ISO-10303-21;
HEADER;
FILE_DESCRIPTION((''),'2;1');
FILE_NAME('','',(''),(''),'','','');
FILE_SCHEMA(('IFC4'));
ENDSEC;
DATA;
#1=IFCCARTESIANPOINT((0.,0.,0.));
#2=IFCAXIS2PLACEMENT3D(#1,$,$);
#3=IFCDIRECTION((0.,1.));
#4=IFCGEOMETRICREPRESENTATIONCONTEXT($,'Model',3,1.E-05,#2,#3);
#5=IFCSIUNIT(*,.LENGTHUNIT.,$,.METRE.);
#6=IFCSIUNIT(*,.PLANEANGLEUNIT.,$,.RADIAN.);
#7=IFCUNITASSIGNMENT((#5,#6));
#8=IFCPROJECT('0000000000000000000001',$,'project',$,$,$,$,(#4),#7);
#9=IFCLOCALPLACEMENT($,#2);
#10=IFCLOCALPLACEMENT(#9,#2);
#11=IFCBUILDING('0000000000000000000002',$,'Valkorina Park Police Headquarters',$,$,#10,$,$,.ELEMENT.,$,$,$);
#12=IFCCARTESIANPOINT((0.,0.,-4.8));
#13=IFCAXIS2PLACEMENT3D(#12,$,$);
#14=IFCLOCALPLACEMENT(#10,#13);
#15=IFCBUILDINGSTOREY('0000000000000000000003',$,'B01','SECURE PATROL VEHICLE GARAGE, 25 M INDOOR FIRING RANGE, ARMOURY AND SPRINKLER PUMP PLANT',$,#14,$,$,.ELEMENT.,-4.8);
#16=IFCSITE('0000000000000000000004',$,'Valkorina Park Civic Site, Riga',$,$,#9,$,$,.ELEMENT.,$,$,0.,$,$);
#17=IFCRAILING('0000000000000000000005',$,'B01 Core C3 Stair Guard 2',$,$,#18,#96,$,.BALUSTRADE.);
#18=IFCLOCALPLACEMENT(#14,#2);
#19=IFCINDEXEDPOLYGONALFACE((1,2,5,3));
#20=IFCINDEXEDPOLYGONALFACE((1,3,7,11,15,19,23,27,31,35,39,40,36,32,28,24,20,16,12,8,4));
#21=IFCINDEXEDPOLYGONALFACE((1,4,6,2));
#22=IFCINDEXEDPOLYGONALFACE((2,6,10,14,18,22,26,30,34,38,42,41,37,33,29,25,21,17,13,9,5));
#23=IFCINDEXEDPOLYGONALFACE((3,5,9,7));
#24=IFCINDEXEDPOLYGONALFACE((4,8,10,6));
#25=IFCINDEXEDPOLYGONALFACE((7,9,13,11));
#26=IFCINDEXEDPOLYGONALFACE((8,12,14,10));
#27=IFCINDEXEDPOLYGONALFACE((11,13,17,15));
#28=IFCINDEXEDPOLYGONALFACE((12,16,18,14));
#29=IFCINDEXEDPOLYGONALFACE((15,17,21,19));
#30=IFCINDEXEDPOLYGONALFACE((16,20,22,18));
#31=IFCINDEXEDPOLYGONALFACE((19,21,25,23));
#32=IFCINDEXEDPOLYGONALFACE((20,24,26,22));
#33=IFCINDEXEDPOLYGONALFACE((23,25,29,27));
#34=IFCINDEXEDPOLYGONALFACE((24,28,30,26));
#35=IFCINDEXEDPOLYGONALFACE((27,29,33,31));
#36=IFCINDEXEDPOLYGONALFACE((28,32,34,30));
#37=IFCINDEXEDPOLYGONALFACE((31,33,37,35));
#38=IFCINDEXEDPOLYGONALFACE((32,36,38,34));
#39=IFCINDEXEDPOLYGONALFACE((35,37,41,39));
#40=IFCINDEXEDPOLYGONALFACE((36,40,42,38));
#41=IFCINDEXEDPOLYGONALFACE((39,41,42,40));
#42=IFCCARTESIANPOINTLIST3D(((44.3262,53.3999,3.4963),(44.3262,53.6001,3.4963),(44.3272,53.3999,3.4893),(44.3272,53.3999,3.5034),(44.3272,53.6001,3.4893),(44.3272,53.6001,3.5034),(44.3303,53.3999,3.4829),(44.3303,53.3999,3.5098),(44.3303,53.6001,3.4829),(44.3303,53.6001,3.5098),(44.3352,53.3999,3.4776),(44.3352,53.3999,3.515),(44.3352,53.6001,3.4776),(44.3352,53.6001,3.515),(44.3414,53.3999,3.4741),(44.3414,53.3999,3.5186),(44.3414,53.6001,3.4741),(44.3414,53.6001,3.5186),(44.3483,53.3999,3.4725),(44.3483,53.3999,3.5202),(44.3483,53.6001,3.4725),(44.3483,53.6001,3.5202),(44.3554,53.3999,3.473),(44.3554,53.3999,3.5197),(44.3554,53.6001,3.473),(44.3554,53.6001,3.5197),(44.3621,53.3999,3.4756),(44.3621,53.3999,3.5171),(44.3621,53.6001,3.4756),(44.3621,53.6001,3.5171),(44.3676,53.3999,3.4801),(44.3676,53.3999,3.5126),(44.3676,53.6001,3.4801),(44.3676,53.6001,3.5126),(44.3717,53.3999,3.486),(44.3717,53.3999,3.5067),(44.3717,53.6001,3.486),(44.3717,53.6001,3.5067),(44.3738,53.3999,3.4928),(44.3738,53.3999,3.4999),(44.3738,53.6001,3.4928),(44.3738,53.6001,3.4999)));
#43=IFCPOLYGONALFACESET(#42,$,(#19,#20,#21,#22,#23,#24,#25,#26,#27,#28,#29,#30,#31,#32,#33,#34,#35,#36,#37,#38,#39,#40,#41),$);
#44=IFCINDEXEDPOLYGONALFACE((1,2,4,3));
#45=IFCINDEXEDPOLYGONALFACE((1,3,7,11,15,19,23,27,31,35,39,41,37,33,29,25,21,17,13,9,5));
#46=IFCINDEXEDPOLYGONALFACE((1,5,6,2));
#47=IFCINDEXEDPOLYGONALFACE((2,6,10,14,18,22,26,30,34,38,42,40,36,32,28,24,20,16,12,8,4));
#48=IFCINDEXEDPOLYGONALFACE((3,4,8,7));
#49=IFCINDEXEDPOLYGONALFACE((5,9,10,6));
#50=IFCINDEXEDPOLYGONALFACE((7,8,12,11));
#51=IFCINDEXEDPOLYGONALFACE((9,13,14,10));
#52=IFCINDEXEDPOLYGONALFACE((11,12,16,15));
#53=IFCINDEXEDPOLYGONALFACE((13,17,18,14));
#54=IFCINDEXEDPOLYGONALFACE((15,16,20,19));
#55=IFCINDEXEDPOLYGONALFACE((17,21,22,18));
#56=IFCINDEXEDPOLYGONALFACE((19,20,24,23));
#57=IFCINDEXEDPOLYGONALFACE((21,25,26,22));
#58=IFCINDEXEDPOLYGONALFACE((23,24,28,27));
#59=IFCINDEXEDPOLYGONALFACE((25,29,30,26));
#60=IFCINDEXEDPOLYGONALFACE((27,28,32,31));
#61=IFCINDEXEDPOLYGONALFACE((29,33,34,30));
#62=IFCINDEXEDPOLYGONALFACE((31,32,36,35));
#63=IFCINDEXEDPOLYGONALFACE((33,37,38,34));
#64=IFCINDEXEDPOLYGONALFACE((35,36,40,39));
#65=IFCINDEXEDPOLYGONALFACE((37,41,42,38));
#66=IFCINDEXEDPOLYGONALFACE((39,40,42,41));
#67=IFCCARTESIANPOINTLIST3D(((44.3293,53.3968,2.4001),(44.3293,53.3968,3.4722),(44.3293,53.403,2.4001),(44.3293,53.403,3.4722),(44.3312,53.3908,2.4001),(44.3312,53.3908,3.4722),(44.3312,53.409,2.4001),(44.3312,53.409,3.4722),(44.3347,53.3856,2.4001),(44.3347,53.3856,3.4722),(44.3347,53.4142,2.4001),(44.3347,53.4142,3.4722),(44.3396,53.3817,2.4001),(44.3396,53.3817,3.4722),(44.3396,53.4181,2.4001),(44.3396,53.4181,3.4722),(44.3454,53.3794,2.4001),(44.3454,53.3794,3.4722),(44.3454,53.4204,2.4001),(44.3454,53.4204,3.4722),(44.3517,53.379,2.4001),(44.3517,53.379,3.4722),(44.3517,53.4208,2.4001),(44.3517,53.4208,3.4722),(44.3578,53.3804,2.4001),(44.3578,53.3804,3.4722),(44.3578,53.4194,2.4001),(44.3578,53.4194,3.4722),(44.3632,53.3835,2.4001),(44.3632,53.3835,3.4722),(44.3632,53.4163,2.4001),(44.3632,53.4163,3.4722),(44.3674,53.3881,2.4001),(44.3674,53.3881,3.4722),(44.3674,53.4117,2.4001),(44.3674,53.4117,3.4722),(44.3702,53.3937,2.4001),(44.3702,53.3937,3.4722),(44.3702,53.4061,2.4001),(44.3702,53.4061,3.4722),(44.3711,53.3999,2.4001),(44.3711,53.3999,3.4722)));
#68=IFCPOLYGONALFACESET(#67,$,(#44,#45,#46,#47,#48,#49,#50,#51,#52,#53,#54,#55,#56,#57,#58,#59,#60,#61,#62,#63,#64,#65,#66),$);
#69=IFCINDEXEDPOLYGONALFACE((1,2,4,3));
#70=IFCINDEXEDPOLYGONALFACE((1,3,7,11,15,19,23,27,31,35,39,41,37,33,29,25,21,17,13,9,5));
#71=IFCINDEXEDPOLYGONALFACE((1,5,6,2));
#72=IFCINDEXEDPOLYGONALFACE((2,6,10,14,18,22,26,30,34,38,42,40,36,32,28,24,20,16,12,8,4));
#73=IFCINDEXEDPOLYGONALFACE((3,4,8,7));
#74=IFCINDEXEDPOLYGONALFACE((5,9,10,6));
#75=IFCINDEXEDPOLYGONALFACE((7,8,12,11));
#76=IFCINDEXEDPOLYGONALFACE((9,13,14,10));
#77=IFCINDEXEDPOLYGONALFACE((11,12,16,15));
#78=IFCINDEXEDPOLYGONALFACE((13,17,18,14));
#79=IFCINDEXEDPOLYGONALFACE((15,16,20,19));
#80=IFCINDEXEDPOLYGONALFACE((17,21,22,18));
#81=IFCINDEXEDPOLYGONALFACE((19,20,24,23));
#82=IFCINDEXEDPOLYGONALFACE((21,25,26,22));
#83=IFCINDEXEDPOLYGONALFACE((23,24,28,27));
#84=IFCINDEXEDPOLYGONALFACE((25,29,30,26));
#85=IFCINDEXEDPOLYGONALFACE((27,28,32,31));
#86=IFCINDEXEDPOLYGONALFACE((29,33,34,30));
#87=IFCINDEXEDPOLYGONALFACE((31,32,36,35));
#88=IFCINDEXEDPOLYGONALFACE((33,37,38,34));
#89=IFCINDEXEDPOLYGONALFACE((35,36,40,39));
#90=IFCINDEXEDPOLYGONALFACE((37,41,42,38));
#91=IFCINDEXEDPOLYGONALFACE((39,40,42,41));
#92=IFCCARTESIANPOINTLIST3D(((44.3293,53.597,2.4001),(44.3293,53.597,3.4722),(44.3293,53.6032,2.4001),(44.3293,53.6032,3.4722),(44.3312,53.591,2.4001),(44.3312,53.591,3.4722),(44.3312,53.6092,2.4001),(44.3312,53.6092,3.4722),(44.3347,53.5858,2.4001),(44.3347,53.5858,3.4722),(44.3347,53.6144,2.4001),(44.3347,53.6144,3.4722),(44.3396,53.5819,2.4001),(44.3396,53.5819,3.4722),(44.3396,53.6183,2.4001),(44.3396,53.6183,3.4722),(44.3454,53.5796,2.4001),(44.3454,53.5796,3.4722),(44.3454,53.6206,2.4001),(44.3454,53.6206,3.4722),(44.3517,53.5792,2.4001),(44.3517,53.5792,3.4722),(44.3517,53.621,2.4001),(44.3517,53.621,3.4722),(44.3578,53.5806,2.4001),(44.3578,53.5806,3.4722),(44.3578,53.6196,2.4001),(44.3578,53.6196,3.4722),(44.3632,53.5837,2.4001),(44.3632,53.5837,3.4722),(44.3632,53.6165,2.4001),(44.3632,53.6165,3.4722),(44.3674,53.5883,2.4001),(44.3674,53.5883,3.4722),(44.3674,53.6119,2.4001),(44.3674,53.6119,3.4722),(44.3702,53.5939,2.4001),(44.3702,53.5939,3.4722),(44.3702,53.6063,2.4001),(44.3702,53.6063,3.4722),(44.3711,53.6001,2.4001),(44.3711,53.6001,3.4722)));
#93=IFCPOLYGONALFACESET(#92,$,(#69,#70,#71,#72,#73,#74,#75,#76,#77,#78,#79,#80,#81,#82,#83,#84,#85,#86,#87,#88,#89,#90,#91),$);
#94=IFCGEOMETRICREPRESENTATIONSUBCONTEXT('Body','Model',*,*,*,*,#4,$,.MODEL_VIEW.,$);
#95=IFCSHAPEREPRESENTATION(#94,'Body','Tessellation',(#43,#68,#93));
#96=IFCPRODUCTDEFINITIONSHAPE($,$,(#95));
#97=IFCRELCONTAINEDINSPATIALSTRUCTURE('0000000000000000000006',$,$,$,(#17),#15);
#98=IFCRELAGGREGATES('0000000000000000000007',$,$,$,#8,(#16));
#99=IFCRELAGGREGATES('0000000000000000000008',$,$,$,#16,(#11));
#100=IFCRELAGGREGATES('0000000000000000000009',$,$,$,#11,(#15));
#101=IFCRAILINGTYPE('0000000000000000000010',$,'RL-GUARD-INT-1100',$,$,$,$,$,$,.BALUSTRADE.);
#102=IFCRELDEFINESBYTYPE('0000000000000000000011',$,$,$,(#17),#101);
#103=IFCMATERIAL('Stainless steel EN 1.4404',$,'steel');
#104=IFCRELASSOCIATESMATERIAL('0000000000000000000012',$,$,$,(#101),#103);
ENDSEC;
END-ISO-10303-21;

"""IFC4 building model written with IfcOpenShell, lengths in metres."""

from ifc_helpers import new_model, si_unit, direction, frame, origin, origin_2d, place, context, subcontext, project, spatial, circle, extrude, material, type_object, element, save


model = new_model("IFC4")

# Units and contexts
model_context = context("Model", 3, precision=1e-05, world=origin(), true_north=direction((0.0, 1.0)))
body_context = subcontext(model_context, "Body", "Model", "MODEL_VIEW")
ifc_project = project(units=[si_unit("LENGTHUNIT", "METRE"), si_unit("PLANEANGLEUNIT", "RADIAN")], contexts=[model_context])

# Site, building, storey
site_placement = place(None, origin())
site = spatial("IfcSite", under=ifc_project, at=site_placement, Name="Valkorina Park Civic Site, Riga", CompositionType="ELEMENT", RefElevation=0.0)
building_placement = place(site_placement, origin())
building = spatial("IfcBuilding", under=site, at=building_placement, Name="Valkorina Park Police Headquarters", CompositionType="ELEMENT")
storey_placement = place(building_placement, frame((0.0, 0.0, -4.8)))
storey = spatial("IfcBuildingStorey", under=building, at=storey_placement, Name="B01", Description="SECURE PATROL VEHICLE GARAGE, 25 M INDOOR FIRING RANGE, ARMOURY AND SPRINKLER PUMP PLANT", CompositionType="ELEMENT", Elevation=-4.8)

# Shared definitions
ifc_material_1 = material(Name="Stainless steel EN 1.4404", Category="steel")

# Railing
railing_type_1 = type_object("IfcRailingType", Name="RL-GUARD-INT-1100", PredefinedType="BALUSTRADE", material=ifc_material_1)
railing_1_placement = place(storey_placement, frame((44.3501, 53.3999, 2.4001)))
element("IfcRailing", 1, at=railing_1_placement, inside=storey, type_object=railing_type_1, Name="B01 Core C3 Stair Guard 2", PredefinedType="BALUSTRADE", context=body_context, shape_type="SweptSolid", body=[
    extrude(circle(Radius=0.0239, at=origin_2d()), frame((0.0, 0.0, 1.0962), z_axis=(0.0, 1.0, 0.0), x_axis=(-1.0, 0.0, 0.0)), (0.0, 0.0, 1.0), 0.2002),
    extrude(circle(Radius=0.021, at=origin_2d()), origin(), (0.0, 0.0, 1.0), 1.072),
    extrude(circle(Radius=0.021, at=origin_2d()), frame((0.0, 0.2002, 0.0)), (0.0, 0.0, 1.0), 1.072),
])

save(model, "model.ifc")
